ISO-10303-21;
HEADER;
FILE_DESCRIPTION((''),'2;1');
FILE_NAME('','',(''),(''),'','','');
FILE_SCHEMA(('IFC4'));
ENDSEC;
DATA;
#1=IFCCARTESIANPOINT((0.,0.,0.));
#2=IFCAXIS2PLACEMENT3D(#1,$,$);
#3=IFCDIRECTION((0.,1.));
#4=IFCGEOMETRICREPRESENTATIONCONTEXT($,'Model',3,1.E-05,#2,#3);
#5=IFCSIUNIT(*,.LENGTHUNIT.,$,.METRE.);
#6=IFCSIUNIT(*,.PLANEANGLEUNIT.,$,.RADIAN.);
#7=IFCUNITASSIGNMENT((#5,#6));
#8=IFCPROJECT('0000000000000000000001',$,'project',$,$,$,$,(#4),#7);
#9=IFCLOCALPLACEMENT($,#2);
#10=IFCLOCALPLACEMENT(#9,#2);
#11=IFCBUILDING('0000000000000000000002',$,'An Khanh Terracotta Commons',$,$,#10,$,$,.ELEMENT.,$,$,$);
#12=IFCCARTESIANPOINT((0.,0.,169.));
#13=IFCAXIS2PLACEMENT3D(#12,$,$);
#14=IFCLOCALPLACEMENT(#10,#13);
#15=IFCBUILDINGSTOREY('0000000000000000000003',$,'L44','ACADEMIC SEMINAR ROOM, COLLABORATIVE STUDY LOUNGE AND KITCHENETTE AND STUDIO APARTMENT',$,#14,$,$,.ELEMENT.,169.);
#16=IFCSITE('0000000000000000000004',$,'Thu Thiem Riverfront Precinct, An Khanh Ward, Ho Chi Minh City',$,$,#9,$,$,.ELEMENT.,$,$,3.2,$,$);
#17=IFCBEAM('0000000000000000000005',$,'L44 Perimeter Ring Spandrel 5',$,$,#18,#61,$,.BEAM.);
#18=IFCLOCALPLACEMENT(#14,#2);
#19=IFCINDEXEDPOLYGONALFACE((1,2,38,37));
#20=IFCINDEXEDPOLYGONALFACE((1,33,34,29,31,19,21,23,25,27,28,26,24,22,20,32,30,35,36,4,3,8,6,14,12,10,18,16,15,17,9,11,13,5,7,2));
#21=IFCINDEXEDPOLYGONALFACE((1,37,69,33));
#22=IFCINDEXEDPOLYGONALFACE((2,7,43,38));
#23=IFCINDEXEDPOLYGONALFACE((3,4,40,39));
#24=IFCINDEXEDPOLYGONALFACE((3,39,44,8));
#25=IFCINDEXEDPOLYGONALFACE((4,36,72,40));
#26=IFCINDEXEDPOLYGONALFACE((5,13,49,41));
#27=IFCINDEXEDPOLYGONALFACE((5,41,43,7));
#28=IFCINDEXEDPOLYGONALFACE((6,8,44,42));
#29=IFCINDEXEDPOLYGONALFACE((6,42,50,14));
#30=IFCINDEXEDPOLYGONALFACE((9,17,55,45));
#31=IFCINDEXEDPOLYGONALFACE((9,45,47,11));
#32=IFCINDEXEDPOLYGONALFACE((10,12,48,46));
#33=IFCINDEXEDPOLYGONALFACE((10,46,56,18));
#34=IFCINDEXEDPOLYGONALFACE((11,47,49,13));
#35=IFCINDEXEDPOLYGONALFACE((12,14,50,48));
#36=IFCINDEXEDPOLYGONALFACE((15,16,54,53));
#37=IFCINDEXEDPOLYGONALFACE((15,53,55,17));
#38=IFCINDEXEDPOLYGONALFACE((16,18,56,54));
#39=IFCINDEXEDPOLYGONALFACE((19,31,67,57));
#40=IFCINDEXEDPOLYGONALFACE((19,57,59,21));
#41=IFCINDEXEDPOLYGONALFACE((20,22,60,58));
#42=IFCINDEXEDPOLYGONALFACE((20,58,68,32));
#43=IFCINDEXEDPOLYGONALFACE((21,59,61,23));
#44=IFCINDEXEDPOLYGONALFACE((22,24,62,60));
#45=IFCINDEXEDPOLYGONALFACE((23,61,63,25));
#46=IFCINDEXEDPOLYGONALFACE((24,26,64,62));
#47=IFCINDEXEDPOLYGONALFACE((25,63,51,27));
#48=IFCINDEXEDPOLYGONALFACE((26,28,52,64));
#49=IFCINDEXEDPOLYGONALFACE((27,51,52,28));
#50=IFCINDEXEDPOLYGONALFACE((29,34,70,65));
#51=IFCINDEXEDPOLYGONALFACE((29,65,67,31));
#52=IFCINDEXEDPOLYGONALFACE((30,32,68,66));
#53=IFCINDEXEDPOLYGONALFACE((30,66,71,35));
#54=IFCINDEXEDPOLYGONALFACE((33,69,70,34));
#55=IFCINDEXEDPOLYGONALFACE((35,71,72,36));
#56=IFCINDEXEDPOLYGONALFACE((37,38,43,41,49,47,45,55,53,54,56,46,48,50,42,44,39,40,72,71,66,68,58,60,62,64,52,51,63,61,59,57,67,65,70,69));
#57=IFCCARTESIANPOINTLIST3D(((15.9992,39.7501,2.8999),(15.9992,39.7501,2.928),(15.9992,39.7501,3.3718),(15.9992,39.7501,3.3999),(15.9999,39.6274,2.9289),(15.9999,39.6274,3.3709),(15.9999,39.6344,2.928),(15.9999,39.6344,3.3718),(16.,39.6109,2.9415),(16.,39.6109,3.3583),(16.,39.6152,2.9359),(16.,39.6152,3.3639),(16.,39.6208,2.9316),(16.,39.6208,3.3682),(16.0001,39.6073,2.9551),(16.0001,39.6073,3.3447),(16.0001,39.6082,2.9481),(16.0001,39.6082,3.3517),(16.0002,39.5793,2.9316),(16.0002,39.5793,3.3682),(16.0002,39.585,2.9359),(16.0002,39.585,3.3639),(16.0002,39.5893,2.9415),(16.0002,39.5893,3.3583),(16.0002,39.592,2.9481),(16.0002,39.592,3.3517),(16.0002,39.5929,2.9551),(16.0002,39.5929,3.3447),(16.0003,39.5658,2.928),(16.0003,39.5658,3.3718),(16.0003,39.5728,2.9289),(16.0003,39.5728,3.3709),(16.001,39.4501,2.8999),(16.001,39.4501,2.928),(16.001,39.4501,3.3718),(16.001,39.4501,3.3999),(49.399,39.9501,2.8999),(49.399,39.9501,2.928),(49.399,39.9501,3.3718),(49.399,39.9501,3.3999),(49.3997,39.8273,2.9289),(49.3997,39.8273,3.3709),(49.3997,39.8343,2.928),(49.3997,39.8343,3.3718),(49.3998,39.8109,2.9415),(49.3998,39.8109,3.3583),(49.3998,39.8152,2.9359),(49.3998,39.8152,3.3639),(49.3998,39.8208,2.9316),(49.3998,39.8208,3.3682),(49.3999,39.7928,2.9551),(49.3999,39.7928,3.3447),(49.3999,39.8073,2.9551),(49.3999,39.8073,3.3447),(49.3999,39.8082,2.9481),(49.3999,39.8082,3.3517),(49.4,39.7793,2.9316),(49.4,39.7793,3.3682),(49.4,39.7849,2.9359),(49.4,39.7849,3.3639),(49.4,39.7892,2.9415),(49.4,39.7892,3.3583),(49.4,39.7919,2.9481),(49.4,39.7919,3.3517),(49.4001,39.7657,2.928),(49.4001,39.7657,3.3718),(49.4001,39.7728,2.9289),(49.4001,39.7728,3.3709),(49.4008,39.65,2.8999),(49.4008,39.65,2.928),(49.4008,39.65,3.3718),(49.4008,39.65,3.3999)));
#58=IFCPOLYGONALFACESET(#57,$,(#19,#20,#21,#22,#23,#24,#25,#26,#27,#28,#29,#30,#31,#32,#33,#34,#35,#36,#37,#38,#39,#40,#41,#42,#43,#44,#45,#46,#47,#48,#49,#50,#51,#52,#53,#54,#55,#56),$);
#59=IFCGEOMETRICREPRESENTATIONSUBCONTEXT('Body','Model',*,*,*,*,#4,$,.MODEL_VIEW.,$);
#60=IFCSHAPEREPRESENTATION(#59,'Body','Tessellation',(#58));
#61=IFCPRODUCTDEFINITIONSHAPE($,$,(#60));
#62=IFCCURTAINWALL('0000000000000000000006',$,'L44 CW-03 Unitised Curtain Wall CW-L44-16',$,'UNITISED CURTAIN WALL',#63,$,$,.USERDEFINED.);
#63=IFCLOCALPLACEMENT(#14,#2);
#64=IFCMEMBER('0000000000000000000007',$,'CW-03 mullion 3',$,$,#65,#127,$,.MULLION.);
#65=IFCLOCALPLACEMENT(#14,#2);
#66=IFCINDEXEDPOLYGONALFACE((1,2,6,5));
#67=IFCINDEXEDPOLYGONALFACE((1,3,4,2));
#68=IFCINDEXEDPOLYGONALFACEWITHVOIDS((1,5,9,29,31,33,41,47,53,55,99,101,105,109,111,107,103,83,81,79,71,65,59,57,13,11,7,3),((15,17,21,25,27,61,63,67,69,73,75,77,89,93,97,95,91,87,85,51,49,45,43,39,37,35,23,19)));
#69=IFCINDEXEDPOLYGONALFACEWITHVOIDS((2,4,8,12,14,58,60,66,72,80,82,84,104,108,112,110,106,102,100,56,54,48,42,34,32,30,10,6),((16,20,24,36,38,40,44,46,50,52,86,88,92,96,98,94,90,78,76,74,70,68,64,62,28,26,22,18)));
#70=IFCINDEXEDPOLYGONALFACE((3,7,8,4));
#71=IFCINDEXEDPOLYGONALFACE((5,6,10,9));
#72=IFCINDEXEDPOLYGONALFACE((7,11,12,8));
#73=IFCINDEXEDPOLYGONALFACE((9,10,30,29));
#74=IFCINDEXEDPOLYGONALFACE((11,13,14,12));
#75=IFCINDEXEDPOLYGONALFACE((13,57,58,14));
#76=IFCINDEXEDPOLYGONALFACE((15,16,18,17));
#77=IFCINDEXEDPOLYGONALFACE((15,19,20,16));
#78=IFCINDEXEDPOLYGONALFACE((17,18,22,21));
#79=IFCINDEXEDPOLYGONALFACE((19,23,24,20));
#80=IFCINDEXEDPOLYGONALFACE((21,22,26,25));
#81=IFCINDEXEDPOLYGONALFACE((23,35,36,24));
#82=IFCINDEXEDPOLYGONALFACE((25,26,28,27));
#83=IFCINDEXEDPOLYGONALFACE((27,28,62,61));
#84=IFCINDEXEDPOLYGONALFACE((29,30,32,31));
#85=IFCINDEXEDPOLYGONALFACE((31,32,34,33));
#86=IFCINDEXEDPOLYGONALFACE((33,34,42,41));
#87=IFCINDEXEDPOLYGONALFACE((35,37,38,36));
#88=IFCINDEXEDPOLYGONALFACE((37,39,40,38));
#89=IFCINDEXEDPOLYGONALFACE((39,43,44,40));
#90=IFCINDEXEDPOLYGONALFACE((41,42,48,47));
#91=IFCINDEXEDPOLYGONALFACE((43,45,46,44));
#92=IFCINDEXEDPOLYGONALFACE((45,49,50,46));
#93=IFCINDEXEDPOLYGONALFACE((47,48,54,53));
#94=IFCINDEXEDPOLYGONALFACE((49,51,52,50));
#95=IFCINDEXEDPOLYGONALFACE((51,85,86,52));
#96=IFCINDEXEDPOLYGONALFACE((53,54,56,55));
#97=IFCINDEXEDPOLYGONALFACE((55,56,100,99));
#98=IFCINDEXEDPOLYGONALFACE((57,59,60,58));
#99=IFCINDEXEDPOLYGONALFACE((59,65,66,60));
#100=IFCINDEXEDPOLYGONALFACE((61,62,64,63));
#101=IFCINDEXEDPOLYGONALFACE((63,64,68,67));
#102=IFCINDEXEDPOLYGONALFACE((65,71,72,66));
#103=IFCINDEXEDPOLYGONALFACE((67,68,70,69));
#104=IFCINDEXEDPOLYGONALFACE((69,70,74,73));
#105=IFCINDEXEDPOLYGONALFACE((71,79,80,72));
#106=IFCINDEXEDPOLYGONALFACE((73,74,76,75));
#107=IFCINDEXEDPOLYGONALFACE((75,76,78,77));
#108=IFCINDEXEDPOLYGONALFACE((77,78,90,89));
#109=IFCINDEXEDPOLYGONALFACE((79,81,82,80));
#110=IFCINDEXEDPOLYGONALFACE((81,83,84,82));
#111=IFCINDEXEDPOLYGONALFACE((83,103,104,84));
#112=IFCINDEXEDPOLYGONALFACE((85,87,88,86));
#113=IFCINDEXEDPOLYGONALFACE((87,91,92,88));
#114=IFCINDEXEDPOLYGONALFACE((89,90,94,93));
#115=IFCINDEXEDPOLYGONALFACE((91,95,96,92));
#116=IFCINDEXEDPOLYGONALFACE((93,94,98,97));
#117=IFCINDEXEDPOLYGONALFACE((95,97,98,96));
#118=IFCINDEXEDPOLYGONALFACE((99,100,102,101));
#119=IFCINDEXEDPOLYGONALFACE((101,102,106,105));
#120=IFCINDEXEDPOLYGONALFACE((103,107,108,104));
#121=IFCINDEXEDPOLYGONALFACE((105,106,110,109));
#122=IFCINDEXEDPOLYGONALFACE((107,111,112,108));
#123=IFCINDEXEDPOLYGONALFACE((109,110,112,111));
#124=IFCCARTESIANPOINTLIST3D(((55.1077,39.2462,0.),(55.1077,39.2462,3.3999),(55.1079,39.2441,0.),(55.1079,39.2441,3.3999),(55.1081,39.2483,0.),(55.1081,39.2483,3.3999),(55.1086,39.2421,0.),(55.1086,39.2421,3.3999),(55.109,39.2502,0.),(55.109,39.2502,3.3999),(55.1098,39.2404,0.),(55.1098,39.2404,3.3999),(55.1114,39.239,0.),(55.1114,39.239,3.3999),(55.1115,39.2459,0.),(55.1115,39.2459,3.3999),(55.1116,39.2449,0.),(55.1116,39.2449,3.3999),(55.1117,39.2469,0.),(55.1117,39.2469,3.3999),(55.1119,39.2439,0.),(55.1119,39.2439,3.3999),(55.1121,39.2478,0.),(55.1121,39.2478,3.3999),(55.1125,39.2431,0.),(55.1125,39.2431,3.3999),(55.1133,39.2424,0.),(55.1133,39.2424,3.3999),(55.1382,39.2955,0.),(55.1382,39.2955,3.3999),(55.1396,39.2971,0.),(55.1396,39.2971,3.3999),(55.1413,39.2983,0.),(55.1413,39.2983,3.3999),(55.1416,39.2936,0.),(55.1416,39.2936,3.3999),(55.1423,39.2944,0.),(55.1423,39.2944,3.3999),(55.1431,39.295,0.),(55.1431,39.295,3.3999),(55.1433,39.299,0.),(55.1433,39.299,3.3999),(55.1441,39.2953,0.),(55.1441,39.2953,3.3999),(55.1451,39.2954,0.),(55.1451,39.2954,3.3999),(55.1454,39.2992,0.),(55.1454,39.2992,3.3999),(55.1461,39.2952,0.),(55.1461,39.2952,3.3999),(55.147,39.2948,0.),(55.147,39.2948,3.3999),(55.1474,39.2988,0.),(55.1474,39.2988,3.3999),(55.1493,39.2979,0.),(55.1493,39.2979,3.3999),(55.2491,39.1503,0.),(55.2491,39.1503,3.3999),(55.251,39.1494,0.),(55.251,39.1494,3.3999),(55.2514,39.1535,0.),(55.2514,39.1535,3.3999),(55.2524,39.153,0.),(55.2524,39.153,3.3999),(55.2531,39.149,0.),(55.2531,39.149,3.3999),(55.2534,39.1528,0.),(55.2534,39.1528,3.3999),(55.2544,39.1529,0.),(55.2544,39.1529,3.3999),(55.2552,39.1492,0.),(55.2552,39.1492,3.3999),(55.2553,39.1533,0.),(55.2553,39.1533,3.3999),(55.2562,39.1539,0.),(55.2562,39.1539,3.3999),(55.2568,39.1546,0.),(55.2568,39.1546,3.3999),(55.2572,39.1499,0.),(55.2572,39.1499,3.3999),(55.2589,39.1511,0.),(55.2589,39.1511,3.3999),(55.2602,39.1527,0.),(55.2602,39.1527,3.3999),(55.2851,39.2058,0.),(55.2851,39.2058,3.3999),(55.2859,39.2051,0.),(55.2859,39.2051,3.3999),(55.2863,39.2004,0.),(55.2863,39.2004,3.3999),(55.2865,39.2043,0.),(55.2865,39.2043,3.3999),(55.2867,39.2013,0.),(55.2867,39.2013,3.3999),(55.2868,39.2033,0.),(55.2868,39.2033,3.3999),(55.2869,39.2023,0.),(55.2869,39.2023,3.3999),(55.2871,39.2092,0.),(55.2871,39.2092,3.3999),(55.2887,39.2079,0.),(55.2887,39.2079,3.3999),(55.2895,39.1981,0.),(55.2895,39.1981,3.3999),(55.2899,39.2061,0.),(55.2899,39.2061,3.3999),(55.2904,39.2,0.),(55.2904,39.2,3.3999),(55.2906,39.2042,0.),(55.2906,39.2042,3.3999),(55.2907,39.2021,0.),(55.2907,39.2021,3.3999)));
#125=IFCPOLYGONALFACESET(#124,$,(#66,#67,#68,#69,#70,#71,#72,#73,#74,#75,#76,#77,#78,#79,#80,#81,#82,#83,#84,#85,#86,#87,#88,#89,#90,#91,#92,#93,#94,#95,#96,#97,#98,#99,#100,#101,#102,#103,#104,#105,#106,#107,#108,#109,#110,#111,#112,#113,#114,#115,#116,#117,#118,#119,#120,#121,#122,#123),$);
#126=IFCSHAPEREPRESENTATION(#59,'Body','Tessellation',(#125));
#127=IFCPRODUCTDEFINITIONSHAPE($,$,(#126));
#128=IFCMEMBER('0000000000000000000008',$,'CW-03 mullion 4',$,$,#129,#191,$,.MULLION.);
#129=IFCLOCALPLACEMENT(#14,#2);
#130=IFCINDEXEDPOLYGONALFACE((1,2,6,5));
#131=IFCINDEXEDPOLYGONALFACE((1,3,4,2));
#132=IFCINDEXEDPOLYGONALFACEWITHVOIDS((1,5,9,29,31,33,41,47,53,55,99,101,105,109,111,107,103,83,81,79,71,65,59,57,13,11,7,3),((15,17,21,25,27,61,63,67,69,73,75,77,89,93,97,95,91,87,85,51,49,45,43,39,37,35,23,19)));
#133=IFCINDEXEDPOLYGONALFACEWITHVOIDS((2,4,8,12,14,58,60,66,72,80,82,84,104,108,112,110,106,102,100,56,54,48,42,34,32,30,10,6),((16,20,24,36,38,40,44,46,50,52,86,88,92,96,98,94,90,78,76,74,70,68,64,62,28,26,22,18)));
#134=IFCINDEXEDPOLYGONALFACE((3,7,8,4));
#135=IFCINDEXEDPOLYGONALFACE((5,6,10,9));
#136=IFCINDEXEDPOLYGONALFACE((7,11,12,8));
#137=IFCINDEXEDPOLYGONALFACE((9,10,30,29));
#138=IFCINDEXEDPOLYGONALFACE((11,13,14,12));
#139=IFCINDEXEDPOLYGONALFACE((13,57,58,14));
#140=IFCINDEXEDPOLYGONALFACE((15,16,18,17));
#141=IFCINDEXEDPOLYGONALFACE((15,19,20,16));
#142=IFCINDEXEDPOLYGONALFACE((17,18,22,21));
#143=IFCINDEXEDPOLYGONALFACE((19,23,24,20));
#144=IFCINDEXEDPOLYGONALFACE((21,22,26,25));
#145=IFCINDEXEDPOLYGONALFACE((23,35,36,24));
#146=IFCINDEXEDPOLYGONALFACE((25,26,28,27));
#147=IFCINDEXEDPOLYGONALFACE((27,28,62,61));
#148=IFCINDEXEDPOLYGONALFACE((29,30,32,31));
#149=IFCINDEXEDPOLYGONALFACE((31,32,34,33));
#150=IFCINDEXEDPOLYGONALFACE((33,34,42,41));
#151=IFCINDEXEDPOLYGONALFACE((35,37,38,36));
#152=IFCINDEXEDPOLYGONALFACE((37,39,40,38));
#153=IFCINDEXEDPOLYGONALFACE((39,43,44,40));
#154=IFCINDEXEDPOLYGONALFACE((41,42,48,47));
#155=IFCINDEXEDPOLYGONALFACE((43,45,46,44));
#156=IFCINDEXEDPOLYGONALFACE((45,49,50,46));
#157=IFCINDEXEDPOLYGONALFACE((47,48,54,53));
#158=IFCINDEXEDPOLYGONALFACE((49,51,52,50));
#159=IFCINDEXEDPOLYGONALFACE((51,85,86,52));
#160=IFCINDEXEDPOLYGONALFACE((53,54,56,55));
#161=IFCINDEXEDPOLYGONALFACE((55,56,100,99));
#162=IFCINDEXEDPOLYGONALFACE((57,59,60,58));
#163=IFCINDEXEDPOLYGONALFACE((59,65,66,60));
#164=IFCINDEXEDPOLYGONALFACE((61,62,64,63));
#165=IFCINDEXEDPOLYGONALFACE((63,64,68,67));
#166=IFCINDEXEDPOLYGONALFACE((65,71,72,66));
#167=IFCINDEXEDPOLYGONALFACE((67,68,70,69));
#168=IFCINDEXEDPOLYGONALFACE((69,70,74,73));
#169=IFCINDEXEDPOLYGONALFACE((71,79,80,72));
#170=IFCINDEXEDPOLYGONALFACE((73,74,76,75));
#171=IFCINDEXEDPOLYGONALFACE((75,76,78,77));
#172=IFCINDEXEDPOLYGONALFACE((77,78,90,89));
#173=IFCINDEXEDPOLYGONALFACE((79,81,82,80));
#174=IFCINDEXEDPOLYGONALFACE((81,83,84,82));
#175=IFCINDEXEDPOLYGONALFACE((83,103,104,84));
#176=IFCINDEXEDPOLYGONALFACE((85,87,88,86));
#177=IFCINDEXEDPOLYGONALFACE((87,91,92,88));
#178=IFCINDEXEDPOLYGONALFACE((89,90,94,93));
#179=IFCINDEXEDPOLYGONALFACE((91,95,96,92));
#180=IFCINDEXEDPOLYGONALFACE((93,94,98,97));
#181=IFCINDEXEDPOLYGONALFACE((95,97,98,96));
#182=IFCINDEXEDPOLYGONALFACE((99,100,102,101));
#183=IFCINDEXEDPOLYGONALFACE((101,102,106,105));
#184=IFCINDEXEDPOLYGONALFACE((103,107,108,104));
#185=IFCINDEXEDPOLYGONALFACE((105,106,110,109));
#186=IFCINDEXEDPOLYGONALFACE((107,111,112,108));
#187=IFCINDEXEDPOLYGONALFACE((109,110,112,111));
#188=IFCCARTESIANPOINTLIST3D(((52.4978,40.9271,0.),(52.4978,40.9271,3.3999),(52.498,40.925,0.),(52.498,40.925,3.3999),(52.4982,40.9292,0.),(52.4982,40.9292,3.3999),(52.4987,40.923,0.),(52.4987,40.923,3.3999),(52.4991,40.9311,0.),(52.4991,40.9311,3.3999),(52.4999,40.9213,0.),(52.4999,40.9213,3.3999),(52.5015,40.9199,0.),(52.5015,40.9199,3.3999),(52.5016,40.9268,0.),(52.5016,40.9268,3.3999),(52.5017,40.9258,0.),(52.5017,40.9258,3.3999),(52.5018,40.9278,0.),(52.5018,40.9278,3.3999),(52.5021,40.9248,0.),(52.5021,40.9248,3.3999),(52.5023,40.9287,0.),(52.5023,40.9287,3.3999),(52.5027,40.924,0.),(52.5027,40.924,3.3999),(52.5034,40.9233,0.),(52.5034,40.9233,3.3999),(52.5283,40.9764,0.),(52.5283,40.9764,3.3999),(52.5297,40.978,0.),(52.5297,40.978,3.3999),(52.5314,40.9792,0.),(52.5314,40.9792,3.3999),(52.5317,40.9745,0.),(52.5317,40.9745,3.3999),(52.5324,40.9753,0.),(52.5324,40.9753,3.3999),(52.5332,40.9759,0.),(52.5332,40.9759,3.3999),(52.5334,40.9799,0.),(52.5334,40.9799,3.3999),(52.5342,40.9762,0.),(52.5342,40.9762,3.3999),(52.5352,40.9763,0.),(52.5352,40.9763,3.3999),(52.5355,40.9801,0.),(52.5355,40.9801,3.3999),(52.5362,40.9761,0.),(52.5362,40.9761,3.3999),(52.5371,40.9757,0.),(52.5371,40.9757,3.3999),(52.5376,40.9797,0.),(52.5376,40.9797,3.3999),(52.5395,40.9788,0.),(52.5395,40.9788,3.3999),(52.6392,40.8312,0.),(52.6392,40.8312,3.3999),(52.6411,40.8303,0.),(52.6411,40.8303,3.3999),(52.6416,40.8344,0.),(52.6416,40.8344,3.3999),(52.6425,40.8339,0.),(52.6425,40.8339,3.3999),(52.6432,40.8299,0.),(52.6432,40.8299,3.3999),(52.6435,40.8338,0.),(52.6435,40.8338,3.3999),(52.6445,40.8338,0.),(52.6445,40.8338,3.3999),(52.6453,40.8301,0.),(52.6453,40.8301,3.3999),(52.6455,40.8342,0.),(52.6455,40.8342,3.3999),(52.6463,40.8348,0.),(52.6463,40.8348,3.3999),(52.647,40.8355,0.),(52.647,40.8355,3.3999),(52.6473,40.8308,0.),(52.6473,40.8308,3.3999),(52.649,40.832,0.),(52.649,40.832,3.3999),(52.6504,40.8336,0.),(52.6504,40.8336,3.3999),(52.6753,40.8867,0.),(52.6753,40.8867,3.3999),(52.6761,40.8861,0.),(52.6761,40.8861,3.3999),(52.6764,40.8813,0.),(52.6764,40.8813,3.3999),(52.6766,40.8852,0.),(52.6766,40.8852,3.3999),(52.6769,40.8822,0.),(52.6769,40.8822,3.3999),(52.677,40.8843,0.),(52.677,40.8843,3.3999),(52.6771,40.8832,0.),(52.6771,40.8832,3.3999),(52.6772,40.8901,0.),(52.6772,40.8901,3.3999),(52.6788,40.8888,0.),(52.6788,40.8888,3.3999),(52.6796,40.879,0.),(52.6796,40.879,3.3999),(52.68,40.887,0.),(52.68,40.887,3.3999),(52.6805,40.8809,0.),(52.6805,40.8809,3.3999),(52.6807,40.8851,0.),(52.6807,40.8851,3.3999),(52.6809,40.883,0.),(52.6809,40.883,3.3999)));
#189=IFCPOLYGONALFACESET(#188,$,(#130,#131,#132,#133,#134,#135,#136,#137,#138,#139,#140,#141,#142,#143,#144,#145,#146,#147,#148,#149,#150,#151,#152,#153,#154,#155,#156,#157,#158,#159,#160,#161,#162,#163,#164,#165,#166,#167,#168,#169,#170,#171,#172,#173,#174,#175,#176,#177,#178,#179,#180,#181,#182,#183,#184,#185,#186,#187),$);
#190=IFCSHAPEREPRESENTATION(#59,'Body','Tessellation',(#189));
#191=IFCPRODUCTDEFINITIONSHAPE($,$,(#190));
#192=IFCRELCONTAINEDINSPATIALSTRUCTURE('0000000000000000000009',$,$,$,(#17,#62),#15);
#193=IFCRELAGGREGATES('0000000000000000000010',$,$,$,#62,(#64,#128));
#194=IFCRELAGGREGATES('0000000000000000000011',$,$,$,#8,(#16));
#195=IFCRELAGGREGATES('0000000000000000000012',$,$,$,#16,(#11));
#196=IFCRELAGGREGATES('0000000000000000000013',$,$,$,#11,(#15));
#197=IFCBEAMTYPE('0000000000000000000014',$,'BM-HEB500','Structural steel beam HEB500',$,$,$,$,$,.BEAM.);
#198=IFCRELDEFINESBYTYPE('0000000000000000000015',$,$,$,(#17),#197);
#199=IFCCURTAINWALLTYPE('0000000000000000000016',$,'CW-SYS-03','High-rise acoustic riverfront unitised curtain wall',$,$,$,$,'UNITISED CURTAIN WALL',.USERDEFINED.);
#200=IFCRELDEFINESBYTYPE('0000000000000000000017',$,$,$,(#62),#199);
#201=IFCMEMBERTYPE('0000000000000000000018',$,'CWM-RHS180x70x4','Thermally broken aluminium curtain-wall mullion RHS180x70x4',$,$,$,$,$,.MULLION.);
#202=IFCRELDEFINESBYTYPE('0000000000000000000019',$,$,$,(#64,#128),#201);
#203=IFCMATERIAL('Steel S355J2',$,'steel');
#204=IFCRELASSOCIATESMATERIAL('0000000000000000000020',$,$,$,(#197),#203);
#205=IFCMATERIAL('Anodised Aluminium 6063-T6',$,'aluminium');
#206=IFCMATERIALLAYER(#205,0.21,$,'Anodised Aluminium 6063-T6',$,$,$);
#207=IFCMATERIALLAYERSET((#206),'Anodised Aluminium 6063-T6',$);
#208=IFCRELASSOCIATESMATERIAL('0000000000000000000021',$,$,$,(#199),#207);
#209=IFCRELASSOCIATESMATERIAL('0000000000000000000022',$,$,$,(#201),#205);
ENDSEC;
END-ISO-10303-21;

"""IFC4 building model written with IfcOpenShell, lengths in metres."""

from ifc_helpers import new_model, si_unit, direction, frame, origin, origin_2d, place, context, subcontext, project, spatial, hollow_rectangle, i_section, extrude, material, layer, layer_set, material_profile, profile_set, type_object, element, aggregate, save


model = new_model("IFC4")

# Units and contexts
model_context = context("Model", 3, precision=1e-05, world=origin(), true_north=direction((0.0, 1.0)))
body_context = subcontext(model_context, "Body", "Model", "MODEL_VIEW")
ifc_project = project(units=[si_unit("LENGTHUNIT", "METRE"), si_unit("PLANEANGLEUNIT", "RADIAN")], contexts=[model_context])

# Site, building, storey
site_placement = place(None, origin())
site = spatial("IfcSite", under=ifc_project, at=site_placement, Name="Thu Thiem Riverfront Precinct, An Khanh Ward, Ho Chi Minh City", CompositionType="ELEMENT", RefElevation=3.2)
building_placement = place(site_placement, origin())
building = spatial("IfcBuilding", under=site, at=building_placement, Name="An Khanh Terracotta Commons", CompositionType="ELEMENT")
storey_placement = place(building_placement, frame((0.0, 0.0, 169.0)))
storey = spatial("IfcBuildingStorey", under=building, at=storey_placement, Name="L44", Description="ACADEMIC SEMINAR ROOM, COLLABORATIVE STUDY LOUNGE AND KITCHENETTE AND STUDIO APARTMENT", CompositionType="ELEMENT", Elevation=169.0)

# Beam
ifc_material_1 = material(Name="Steel S355J2", Category="steel")
ifc_material_profile_1 = material_profile(ifc_material_1, i_section(OverallWidth=0.3, OverallDepth=0.5, WebThickness=0.0144, FlangeThickness=0.0281, FilletRadius=0.0271, at=origin_2d()), Name="HEB500")
ifc_profile_set_1 = profile_set([ifc_material_profile_1], Name="Steel S355J2")
beam_type_1 = type_object("IfcBeamType", Name="BM-HEB500", Description="Structural steel beam HEB500", PredefinedType="BEAM", material=ifc_profile_set_1)
beam_1_placement = place(storey_placement, frame((49.3999, 39.8, 3.1499), z_axis=(-0.999982, -0.005986, 0.0), x_axis=(0.005986, -0.999982, 0.0)))
element("IfcBeam", 1, at=beam_1_placement, inside=storey, type_object=beam_type_1, Name="L44 Perimeter Ring Spandrel 5", PredefinedType="BEAM", context=body_context, shape_type="SweptSolid", body=[
    extrude(i_section(OverallWidth=0.3, OverallDepth=0.5, WebThickness=0.0144, FlangeThickness=0.0281, FilletRadius=0.0271, at=origin_2d()), origin(), (0.0, 0.0, 1.0), 33.4004),
])

# Curtain wall, members
ifc_material_2 = material(Name="Anodised Aluminium 6063-T6", Category="aluminium")
ifc_layer_1 = layer(ifc_material_2, 0.21, Name="Anodised Aluminium 6063-T6")
ifc_layer_set_1 = layer_set([ifc_layer_1], Name="Anodised Aluminium 6063-T6")
curtain_wall_type = type_object("IfcCurtainWallType", Name="CW-SYS-03", Description="High-rise acoustic riverfront unitised curtain wall", ElementType="UNITISED CURTAIN WALL", PredefinedType="USERDEFINED", material=ifc_layer_set_1)
curtain_wall_placement = place(storey_placement, origin())
curtain_wall = element("IfcCurtainWall", 2, at=curtain_wall_placement, inside=storey, type_object=curtain_wall_type, Name="L44 CW-03 Unitised Curtain Wall CW-L44-16", ObjectType="UNITISED CURTAIN WALL", PredefinedType="USERDEFINED")
ifc_material_profile_2 = material_profile(ifc_material_2, hollow_rectangle(XDim=0.0701, YDim=0.1799, WallThickness=0.0039, InnerFilletRadius=0.0039, OuterFilletRadius=0.0081, at=origin_2d()), Name="RHS180x70x4")
ifc_profile_set_2 = profile_set([ifc_material_profile_2], Name="Anodised Aluminium 6063-T6")
member_type_1 = type_object("IfcMemberType", Name="CWM-RHS180x70x4", Description="Thermally broken aluminium curtain-wall mullion RHS180x70x4", PredefinedType="MULLION", material=ifc_profile_set_2)
member_1_placement = place(storey_placement, frame((55.1992, 39.2241, 0.0), z_axis=(0.0, 0.0, 1.0), x_axis=(-0.541498, -0.840702, 0.0)))
member_1 = element("IfcMember", 3, at=member_1_placement, type_object=member_type_1, Name="CW-03 mullion 3", PredefinedType="MULLION", context=body_context, shape_type="SweptSolid", body=[
    extrude(hollow_rectangle(XDim=0.0701, YDim=0.1799, WallThickness=0.0039, InnerFilletRadius=0.0039, OuterFilletRadius=0.0081, at=origin_2d()), origin(), (0.0, 0.0, 1.0), 3.3999),
])
member_2_placement = place(storey_placement, frame((52.5894, 40.905, 0.0), z_axis=(0.0, 0.0, 1.0), x_axis=(-0.541498, -0.840702, 0.0)))
member_2 = element("IfcMember", 4, at=member_2_placement, type_object=member_type_1, Name="CW-03 mullion 4", PredefinedType="MULLION", context=body_context, shape_type="SweptSolid", body=[
    extrude(hollow_rectangle(XDim=0.0701, YDim=0.1799, WallThickness=0.0039, InnerFilletRadius=0.0039, OuterFilletRadius=0.0081, at=origin_2d()), origin(), (0.0, 0.0, 1.0), 3.3999),
])
aggregate(curtain_wall, [member_1, member_2])

save(model, "model.ifc")
